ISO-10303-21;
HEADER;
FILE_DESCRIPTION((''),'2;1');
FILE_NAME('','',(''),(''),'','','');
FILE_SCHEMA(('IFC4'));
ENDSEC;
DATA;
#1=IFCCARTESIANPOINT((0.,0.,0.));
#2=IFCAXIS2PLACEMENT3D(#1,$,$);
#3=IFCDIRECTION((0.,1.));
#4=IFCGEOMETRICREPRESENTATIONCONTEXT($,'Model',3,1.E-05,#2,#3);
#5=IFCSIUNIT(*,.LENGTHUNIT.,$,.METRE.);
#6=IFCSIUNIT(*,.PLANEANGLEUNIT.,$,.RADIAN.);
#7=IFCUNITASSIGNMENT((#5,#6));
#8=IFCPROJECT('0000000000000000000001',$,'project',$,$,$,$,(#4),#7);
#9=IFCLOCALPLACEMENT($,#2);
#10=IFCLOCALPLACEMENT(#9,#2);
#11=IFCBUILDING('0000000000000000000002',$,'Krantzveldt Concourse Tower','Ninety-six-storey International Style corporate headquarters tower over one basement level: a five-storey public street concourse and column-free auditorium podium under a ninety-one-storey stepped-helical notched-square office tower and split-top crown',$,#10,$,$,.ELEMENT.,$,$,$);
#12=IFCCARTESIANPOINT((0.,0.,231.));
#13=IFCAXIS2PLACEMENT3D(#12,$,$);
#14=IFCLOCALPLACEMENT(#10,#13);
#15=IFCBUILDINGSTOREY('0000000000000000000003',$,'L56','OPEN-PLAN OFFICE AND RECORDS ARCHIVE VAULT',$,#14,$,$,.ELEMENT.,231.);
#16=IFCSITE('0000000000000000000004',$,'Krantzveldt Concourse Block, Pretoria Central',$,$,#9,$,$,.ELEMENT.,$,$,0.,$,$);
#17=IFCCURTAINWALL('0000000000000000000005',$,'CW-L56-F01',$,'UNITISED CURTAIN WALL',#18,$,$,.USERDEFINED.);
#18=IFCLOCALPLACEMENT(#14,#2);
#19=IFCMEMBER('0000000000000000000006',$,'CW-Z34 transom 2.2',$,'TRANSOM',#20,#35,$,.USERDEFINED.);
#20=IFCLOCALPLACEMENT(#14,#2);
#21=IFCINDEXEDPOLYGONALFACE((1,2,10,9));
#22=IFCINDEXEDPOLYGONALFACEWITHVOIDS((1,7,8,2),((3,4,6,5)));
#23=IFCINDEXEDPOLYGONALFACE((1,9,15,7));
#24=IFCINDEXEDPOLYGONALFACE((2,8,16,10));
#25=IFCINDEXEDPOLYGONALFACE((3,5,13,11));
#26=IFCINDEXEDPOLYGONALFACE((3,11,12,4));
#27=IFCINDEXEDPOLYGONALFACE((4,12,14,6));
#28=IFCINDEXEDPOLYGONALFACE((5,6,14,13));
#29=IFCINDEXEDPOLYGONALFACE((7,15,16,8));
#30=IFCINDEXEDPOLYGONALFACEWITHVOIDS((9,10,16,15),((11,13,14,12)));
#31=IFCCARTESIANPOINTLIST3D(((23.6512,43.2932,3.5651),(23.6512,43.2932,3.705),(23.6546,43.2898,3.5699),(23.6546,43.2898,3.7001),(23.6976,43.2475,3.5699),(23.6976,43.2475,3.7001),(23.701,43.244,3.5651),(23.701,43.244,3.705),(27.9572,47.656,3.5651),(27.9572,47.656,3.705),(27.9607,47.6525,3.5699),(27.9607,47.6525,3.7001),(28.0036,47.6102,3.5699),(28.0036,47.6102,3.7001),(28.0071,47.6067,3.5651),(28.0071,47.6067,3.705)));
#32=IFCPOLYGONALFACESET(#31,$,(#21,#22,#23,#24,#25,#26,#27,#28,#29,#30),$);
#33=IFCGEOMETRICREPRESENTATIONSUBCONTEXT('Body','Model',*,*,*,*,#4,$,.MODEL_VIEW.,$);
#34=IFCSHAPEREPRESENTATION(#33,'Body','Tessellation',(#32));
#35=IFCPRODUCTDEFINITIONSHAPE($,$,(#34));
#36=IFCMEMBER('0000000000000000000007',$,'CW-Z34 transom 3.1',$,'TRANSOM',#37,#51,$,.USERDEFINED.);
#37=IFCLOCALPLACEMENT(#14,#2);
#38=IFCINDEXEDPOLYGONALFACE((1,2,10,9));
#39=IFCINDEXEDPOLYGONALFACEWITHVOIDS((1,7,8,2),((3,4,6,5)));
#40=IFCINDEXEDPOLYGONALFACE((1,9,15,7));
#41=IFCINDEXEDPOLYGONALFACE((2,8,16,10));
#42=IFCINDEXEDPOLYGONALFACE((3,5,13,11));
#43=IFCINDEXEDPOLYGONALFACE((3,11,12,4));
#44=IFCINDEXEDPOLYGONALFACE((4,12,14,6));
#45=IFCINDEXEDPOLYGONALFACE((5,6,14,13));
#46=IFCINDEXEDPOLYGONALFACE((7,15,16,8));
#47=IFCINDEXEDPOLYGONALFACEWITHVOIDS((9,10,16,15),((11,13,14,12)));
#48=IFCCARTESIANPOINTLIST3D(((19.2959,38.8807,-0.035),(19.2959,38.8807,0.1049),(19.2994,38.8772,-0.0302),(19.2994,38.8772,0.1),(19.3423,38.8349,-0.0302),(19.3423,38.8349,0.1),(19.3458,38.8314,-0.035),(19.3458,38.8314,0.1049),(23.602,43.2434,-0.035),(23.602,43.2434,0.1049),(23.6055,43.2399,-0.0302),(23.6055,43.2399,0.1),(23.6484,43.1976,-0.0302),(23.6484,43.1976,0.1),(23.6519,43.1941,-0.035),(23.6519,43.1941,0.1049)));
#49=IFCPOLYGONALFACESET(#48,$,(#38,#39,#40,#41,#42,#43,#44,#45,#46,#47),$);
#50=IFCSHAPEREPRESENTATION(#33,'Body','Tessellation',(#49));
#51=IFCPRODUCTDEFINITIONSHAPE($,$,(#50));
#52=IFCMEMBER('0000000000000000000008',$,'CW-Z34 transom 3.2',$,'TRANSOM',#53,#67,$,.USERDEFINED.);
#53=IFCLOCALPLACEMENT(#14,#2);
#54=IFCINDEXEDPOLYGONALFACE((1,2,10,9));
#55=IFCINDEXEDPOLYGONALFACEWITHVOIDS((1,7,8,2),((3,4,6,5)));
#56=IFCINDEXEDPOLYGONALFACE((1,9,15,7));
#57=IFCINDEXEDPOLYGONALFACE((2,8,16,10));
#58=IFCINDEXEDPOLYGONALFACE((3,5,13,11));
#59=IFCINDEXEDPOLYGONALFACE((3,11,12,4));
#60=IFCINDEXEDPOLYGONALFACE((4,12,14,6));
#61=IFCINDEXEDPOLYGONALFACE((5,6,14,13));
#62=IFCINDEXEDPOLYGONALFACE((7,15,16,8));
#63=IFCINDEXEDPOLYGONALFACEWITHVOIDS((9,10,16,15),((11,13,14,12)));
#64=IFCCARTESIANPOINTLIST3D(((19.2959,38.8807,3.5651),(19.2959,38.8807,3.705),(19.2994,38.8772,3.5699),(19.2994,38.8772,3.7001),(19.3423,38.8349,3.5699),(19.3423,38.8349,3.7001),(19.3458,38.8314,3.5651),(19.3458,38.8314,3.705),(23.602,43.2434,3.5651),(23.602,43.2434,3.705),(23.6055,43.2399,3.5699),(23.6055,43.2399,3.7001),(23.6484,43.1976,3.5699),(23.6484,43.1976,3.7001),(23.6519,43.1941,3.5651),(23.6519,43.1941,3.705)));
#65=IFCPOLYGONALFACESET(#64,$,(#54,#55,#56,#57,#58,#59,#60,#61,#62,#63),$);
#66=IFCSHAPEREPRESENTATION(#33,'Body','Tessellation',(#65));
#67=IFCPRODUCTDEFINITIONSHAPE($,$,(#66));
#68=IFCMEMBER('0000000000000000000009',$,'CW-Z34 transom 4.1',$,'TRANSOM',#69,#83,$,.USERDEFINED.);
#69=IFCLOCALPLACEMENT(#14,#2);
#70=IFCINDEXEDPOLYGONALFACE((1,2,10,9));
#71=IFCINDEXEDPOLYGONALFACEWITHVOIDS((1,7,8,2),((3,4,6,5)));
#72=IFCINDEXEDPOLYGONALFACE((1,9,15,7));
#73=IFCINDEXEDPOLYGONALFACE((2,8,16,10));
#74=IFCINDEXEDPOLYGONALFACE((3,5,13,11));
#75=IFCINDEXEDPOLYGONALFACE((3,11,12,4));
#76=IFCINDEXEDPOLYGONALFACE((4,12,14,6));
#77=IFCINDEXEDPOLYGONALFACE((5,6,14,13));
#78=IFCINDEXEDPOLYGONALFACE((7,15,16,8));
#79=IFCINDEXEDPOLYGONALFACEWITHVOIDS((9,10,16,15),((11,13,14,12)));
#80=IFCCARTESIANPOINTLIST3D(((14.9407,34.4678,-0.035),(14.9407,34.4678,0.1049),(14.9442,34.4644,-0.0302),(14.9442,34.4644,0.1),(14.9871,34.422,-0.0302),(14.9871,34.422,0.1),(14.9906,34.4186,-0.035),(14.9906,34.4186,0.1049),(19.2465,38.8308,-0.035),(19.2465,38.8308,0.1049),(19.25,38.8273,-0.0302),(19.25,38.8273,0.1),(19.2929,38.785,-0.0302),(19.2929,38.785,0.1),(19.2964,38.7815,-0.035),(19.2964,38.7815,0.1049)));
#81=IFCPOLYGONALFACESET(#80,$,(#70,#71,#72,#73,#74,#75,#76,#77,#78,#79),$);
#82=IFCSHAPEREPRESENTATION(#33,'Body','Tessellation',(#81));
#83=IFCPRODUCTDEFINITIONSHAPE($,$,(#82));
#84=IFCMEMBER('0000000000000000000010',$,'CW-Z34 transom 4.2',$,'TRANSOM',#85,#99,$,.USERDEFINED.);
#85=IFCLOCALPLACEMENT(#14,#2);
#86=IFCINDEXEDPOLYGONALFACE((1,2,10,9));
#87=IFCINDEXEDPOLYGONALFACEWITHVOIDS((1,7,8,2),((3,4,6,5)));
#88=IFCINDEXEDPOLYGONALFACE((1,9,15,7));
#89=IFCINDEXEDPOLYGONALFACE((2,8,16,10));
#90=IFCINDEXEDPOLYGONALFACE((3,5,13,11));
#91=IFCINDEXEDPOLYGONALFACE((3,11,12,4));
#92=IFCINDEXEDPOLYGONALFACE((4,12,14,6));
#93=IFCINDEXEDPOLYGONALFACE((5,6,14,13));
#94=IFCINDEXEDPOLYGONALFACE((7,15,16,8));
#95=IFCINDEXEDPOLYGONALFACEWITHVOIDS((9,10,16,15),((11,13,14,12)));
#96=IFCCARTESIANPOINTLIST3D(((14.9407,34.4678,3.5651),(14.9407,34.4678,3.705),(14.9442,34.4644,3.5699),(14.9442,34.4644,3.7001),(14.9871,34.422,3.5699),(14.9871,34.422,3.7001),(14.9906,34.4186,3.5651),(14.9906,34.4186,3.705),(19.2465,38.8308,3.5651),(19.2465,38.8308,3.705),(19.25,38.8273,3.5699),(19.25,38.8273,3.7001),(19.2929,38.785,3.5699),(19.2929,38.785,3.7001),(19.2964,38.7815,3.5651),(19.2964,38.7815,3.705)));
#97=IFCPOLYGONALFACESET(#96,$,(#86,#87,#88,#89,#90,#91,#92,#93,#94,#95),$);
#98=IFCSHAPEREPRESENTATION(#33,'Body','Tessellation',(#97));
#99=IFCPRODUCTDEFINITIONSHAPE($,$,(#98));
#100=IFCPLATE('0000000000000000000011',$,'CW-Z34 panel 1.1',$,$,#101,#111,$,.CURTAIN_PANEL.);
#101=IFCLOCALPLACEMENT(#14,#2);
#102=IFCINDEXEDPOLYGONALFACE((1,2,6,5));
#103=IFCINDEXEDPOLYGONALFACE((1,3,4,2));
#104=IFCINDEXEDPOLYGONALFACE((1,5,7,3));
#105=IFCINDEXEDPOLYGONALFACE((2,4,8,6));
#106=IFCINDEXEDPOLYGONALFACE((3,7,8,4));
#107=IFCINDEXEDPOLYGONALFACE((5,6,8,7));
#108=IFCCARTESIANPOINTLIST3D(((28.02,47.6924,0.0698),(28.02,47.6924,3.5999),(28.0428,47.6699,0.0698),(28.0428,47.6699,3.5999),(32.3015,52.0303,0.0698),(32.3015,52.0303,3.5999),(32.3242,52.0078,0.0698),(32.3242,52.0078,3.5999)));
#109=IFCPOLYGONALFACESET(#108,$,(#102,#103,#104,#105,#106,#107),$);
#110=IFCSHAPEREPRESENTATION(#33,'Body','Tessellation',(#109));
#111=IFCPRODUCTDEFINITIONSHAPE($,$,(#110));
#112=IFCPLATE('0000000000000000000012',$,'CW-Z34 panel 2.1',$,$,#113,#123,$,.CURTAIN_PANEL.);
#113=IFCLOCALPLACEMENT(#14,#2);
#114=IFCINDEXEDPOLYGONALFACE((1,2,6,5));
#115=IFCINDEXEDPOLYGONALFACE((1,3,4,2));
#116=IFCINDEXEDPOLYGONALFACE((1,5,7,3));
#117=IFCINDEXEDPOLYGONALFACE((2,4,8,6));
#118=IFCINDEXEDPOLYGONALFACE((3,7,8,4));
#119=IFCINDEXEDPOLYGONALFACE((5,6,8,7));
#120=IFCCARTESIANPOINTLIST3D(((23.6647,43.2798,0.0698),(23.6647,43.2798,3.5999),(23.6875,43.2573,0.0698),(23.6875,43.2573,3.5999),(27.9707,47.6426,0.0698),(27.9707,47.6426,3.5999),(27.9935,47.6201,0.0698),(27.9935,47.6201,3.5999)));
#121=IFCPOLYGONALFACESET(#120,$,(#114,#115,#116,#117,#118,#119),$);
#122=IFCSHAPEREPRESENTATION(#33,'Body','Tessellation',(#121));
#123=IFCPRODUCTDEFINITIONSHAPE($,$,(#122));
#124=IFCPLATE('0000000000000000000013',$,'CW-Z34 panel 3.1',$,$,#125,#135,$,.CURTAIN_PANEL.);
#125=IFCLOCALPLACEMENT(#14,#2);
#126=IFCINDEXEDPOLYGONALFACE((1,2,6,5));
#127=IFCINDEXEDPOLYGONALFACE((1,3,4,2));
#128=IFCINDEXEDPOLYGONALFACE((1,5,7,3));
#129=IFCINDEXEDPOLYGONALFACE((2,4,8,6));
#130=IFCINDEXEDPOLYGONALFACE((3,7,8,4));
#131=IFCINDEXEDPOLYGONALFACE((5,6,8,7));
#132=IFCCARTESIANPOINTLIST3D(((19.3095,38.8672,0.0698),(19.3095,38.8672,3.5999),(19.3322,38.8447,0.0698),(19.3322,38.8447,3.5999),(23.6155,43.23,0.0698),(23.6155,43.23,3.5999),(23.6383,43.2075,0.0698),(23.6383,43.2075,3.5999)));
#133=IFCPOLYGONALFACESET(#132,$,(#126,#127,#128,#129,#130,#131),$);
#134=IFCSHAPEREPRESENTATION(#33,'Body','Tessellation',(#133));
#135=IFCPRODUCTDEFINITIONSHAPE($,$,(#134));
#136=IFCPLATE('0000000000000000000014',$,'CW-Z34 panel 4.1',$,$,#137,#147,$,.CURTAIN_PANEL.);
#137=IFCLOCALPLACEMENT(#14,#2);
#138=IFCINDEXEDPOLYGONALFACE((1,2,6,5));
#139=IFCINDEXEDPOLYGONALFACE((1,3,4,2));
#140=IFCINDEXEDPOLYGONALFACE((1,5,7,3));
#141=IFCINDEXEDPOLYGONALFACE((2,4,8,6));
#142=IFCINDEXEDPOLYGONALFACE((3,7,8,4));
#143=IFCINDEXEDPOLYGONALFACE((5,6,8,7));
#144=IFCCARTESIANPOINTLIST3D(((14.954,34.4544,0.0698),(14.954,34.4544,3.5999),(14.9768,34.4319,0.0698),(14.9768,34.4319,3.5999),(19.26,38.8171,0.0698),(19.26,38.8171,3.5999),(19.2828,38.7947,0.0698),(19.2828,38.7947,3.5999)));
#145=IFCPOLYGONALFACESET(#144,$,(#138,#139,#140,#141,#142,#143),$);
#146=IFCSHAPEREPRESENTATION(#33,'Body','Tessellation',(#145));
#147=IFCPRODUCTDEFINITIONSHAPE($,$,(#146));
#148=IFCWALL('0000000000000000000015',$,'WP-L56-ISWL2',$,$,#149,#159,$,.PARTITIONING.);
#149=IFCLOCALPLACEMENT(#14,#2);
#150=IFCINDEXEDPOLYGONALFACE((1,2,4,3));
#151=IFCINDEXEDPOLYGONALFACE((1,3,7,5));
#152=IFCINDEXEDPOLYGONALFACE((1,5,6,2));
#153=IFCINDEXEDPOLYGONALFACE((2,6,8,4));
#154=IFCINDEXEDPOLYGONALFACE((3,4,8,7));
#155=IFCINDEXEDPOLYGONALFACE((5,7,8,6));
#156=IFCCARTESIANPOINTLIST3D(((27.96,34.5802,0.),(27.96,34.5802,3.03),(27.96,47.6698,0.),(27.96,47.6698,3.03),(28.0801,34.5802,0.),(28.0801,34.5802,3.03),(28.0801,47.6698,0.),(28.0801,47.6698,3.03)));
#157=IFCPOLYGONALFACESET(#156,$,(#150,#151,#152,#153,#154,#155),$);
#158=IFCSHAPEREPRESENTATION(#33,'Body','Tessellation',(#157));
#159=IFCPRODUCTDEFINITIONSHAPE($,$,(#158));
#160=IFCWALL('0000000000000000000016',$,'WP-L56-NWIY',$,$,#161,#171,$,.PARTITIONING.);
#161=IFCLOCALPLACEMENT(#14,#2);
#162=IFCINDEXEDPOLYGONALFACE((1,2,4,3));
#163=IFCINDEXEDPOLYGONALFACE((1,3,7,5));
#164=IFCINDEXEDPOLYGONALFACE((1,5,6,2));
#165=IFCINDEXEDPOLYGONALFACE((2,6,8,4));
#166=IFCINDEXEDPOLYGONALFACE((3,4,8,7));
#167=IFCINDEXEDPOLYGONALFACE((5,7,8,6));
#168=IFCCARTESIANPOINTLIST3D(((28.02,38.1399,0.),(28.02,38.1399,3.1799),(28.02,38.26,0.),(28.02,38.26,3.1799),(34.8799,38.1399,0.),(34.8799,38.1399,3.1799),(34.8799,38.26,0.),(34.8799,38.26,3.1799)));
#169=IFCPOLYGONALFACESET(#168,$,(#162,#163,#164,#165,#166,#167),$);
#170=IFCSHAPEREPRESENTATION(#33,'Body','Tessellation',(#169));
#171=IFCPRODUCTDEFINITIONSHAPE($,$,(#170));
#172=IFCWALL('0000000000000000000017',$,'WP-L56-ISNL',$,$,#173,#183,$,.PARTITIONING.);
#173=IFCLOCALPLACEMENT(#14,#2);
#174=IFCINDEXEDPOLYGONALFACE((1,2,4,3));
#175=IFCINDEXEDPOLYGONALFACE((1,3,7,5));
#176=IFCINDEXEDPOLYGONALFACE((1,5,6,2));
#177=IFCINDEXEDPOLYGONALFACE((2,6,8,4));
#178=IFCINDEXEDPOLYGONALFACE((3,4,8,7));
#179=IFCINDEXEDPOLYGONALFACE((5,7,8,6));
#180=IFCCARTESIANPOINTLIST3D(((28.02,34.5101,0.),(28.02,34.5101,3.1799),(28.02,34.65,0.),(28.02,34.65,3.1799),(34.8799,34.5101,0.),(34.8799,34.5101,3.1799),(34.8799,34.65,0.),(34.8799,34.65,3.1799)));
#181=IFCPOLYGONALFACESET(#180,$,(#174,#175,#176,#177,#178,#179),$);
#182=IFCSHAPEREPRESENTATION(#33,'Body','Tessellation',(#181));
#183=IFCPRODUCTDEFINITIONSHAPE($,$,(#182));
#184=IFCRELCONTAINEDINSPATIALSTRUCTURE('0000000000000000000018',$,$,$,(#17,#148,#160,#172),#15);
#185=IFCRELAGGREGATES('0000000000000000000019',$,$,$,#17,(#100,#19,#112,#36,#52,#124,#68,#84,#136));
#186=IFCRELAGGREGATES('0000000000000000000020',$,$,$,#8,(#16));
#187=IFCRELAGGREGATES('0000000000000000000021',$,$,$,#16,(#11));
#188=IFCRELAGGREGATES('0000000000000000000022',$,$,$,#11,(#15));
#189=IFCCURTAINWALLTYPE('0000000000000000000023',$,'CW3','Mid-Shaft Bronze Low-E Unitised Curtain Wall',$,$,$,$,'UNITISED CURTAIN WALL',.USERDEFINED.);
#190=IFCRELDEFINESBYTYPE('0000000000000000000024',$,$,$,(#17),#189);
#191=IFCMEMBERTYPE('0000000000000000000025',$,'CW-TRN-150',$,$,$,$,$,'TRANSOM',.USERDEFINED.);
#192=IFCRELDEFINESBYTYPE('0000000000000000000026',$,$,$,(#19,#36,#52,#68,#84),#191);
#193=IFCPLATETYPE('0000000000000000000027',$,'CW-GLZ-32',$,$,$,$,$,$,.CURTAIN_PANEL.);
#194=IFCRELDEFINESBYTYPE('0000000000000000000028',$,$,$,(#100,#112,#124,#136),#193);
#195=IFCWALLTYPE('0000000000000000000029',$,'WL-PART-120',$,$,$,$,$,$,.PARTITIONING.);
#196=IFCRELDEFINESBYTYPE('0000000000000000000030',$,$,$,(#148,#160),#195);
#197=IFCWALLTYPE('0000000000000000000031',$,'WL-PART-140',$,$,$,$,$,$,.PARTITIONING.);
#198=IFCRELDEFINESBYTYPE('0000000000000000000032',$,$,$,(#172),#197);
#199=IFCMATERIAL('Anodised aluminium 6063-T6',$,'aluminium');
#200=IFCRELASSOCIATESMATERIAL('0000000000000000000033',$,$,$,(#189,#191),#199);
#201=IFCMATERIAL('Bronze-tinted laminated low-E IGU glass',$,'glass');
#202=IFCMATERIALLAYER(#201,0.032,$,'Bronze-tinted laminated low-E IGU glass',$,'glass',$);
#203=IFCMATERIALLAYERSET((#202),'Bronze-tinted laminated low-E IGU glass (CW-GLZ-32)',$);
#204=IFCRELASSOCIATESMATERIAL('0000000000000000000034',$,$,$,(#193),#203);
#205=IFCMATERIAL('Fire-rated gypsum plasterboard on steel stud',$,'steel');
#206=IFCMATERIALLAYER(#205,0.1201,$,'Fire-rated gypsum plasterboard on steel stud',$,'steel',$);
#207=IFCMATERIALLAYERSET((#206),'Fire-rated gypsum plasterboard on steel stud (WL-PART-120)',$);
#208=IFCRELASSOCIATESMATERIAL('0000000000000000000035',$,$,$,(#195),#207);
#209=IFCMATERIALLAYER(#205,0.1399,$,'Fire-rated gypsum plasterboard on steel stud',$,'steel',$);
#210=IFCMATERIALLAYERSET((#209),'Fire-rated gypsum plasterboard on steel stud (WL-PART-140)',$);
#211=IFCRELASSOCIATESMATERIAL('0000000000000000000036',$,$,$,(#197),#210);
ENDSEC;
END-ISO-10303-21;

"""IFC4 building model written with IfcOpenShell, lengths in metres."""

from ifc_helpers import new_model, si_unit, direction, frame, frame_2d, origin, origin_2d, place, context, subcontext, project, spatial, rectangle, hollow_rectangle, extrude, source, transform, mapped, material, layer, layer_set, material_profile, profile_set, type_object, type_shapes, element, aggregate, save


model = new_model("IFC4")

# Units and contexts
model_context = context("Model", 3, precision=1e-05, world=origin(), true_north=direction((0.0, 1.0)))
body_context = subcontext(model_context, "Body", "Model", "MODEL_VIEW")
ifc_project = project(units=[si_unit("LENGTHUNIT", "METRE"), si_unit("PLANEANGLEUNIT", "RADIAN")], contexts=[model_context])

# Site, building, storey
site_placement = place(None, origin())
site = spatial("IfcSite", under=ifc_project, at=site_placement, Name="Krantzveldt Concourse Block, Pretoria Central", CompositionType="ELEMENT", RefElevation=0.0)
building_placement = place(site_placement, origin())
building = spatial("IfcBuilding", under=site, at=building_placement, Name="Krantzveldt Concourse Tower", Description="Ninety-six-storey International Style corporate headquarters tower over one basement level: a five-storey public street concourse and column-free auditorium podium under a ninety-one-storey stepped-helical notched-square office tower and split-top crown", CompositionType="ELEMENT")
storey_placement = place(building_placement, frame((0.0, 0.0, 231.0)))
storey = spatial("IfcBuildingStorey", under=building, at=storey_placement, Name="L56", Description="OPEN-PLAN OFFICE AND RECORDS ARCHIVE VAULT", CompositionType="ELEMENT", Elevation=231.0)

# Curtain wall, members, plates
ifc_material_1 = material(Name="Anodised aluminium 6063-T6", Category="aluminium")
curtain_wall_type = type_object("IfcCurtainWallType", Name="CW3", Description="Mid-Shaft Bronze Low-E Unitised Curtain Wall", ElementType="UNITISED CURTAIN WALL", PredefinedType="USERDEFINED", material=ifc_material_1)
curtain_wall_placement = place(storey_placement, origin())
curtain_wall = element("IfcCurtainWall", 1, at=curtain_wall_placement, inside=storey, type_object=curtain_wall_type, Name="CW-L56-F01", ObjectType="UNITISED CURTAIN WALL", PredefinedType="USERDEFINED")
ifc_material_profile_1 = material_profile(ifc_material_1, hollow_rectangle(XDim=0.0701, YDim=0.1399, WallThickness=0.0049, at=origin_2d()), Name="Anodised aluminium 6063-T6", Category="aluminium")
ifc_profile_set_1 = profile_set([ifc_material_profile_1], Name="Anodised aluminium 6063-T6 - ALU-TRAN 140x70x5")
member_type_1 = type_object("IfcMemberType", Name="CW-TRN-150", ElementType="TRANSOM", PredefinedType="USERDEFINED", material=ifc_profile_set_1)
shared_shape_1 = source(origin(), body_context, "Body", "SweptSolid", [
    extrude(hollow_rectangle(XDim=0.0701, YDim=0.1399, WallThickness=0.0049, at=origin_2d()), origin(), (0.0, 0.0, 1.0), 6.1299),
])
member_1_placement = place(storey_placement, frame((27.9822, 47.6313, 3.635), z_axis=(-0.702472, -0.711712, 0.0), x_axis=(0.711712, -0.702472, 0.0)))
member_1 = element("IfcMember", 2, at=member_1_placement, type_object=member_type_1, Name="CW-Z34 transom 2.2", ObjectType="TRANSOM", PredefinedType="USERDEFINED", context=body_context, shape_type="MappedRepresentation", body=[
    mapped(shared_shape_1, transform((0.0, 0.0, 0.0), x_axis=(1.0, 0.0, 0.0), y_axis=(0.0, 1.0, 0.0), z_axis=(0.0, 0.0, 1.0), scale=1.0)),
])
member_2_placement = place(storey_placement, frame((23.627, 43.2188, 0.0349), z_axis=(-0.702472, -0.711712, 0.0), x_axis=(0.711712, -0.702472, 0.0)))
member_2 = element("IfcMember", 3, at=member_2_placement, type_object=member_type_1, Name="CW-Z34 transom 3.1", ObjectType="TRANSOM", PredefinedType="USERDEFINED", context=body_context, shape_type="MappedRepresentation", body=[
    mapped(shared_shape_1, transform((0.0, 0.0, 0.0), x_axis=(1.0, 0.0, 0.0), y_axis=(0.0, 1.0, 0.0), z_axis=(0.0, 0.0, 1.0), scale=1.0)),
])
member_3_placement = place(storey_placement, frame((23.627, 43.2188, 3.635), z_axis=(-0.702472, -0.711712, 0.0), x_axis=(0.711712, -0.702472, 0.0)))
member_3 = element("IfcMember", 4, at=member_3_placement, type_object=member_type_1, Name="CW-Z34 transom 3.2", ObjectType="TRANSOM", PredefinedType="USERDEFINED", context=body_context, shape_type="MappedRepresentation", body=[
    mapped(shared_shape_1, transform((0.0, 0.0, 0.0), x_axis=(1.0, 0.0, 0.0), y_axis=(0.0, 1.0, 0.0), z_axis=(0.0, 0.0, 1.0), scale=1.0)),
])
member_4_placement = place(storey_placement, frame((19.2715, 38.8062, 0.0349), z_axis=(-0.702432, -0.711751, 0.0), x_axis=(0.711751, -0.702432, 0.0)))
member_4 = element("IfcMember", 5, at=member_4_placement, type_object=member_type_1, Name="CW-Z34 transom 4.1", ObjectType="TRANSOM", PredefinedType="USERDEFINED", context=body_context, shape_type="MappedRepresentation", body=[
    mapped(shared_shape_1, transform((0.0, 0.0, 0.0), x_axis=(1.0, 0.0, 0.0), y_axis=(0.0, 1.0, 0.0), z_axis=(0.0, 0.0, 1.0), scale=1.0)),
])
member_5_placement = place(storey_placement, frame((19.2715, 38.8062, 3.635), z_axis=(-0.702432, -0.711751, 0.0), x_axis=(0.711751, -0.702432, 0.0)))
member_5 = element("IfcMember", 6, at=member_5_placement, type_object=member_type_1, Name="CW-Z34 transom 4.2", ObjectType="TRANSOM", PredefinedType="USERDEFINED", context=body_context, shape_type="MappedRepresentation", body=[
    mapped(shared_shape_1, transform((0.0, 0.0, 0.0), x_axis=(1.0, 0.0, 0.0), y_axis=(0.0, 1.0, 0.0), z_axis=(0.0, 0.0, 1.0), scale=1.0)),
])
ifc_material_2 = material(Name="Bronze-tinted laminated low-E IGU glass", Category="glass")
ifc_layer_1 = layer(ifc_material_2, 0.032, Name="Bronze-tinted laminated low-E IGU glass", Category="glass")
ifc_layer_set_1 = layer_set([ifc_layer_1], Name="Bronze-tinted laminated low-E IGU glass (CW-GLZ-32)")
plate_type = type_object("IfcPlateType", Name="CW-GLZ-32", PredefinedType="CURTAIN_PANEL", material=ifc_layer_set_1)
shared_shape_2 = source(origin(), body_context, "Body", "SweptSolid", [
    extrude(rectangle(XDim=6.095, YDim=0.032, at=origin_2d()), origin(), (0.0, 0.0, 1.0), 3.53),
])
plate_1_placement = place(storey_placement, frame((30.1721, 49.8501, 0.0698), z_axis=(0.0, 0.0, 1.0), x_axis=(-0.702464, -0.71172, 0.0)))
plate_1 = element("IfcPlate", 7, at=plate_1_placement, type_object=plate_type, Name="CW-Z34 panel 1.1", PredefinedType="CURTAIN_PANEL", context=body_context, shape_type="MappedRepresentation", body=[
    mapped(shared_shape_2, transform((0.0, 0.0, 0.0), x_axis=(1.0, 0.0, 0.0), y_axis=(0.0, 1.0, 0.0), z_axis=(0.0, 0.0, 1.0), scale=1.0)),
])
shared_shape_3 = source(origin(), body_context, "Body", "SweptSolid", [
    extrude(rectangle(XDim=6.1299, YDim=0.032, at=origin_2d()), origin(), (0.0, 0.0, 1.0), 3.53),
])
type_shapes(plate_type, [shared_shape_2, shared_shape_3])
plate_2_placement = place(storey_placement, frame((25.8291, 45.45, 0.0698), z_axis=(0.0, 0.0, 1.0), x_axis=(-0.702464, -0.71172, 0.0)))
plate_2 = element("IfcPlate", 8, at=plate_2_placement, type_object=plate_type, Name="CW-Z34 panel 2.1", PredefinedType="CURTAIN_PANEL", context=body_context, shape_type="MappedRepresentation", body=[
    mapped(shared_shape_3, transform((0.0, 0.0, 0.0), x_axis=(1.0, 0.0, 0.0), y_axis=(0.0, 1.0, 0.0), z_axis=(0.0, 0.0, 1.0), scale=1.0)),
])
plate_3_placement = place(storey_placement, frame((21.4739, 41.0374, 0.0698), z_axis=(0.0, 0.0, 1.0), x_axis=(-0.702464, -0.71172, 0.0)))
plate_3 = element("IfcPlate", 9, at=plate_3_placement, type_object=plate_type, Name="CW-Z34 panel 3.1", PredefinedType="CURTAIN_PANEL", context=body_context, shape_type="MappedRepresentation", body=[
    mapped(shared_shape_3, transform((0.0, 0.0, 0.0), x_axis=(1.0, 0.0, 0.0), y_axis=(0.0, 1.0, 0.0), z_axis=(0.0, 0.0, 1.0), scale=1.0)),
])
plate_4_placement = place(storey_placement, frame((17.1184, 36.6245, 0.0698), z_axis=(0.0, 0.0, 1.0), x_axis=(-0.702464, -0.71172, 0.0)))
plate_4 = element("IfcPlate", 10, at=plate_4_placement, type_object=plate_type, Name="CW-Z34 panel 4.1", PredefinedType="CURTAIN_PANEL", context=body_context, shape_type="MappedRepresentation", body=[
    mapped(shared_shape_3, transform((0.0, 0.0, 0.0), x_axis=(1.0, 0.0, 0.0), y_axis=(0.0, 1.0, 0.0), z_axis=(0.0, 0.0, 1.0), scale=1.0)),
])
aggregate(curtain_wall, [plate_1, member_1, plate_2, member_2, member_3, plate_3, member_4, member_5, plate_4])

# Walls
ifc_material_3 = material(Name="Fire-rated gypsum plasterboard on steel stud", Category="steel")
ifc_layer_2 = layer(ifc_material_3, 0.1201, Name="Fire-rated gypsum plasterboard on steel stud", Category="steel")
ifc_layer_set_2 = layer_set([ifc_layer_2], Name="Fire-rated gypsum plasterboard on steel stud (WL-PART-120)")
wall_type_1 = type_object("IfcWallType", Name="WL-PART-120", PredefinedType="PARTITIONING", material=ifc_layer_set_2)
wall_1_placement = place(storey_placement, frame((28.02, 34.5801, 0.0), z_axis=(0.0, 0.0, 1.0), x_axis=(0.0, 1.0, 0.0)))
element("IfcWall", 11, at=wall_1_placement, inside=storey, type_object=wall_type_1, Name="WP-L56-ISWL2", PredefinedType="PARTITIONING", context=body_context, shape_type="SweptSolid", body=[
    extrude(rectangle(XDim=13.0896, YDim=0.1201, at=frame_2d((6.5449, 0.0))), origin(), (0.0, 0.0, 1.0), 3.03),
])
wall_2_placement = place(storey_placement, frame((28.02, 38.2, 0.0), z_axis=(0.0, 0.0, 1.0), x_axis=(1.0, 0.0, 0.0)))
element("IfcWall", 12, at=wall_2_placement, inside=storey, type_object=wall_type_1, Name="WP-L56-NWIY", PredefinedType="PARTITIONING", context=body_context, shape_type="SweptSolid", body=[
    extrude(rectangle(XDim=6.8599, YDim=0.1201, at=frame_2d((3.4299, 0.0))), origin(), (0.0, 0.0, 1.0), 3.1799),
])
ifc_layer_3 = layer(ifc_material_3, 0.1399, Name="Fire-rated gypsum plasterboard on steel stud", Category="steel")
ifc_layer_set_3 = layer_set([ifc_layer_3], Name="Fire-rated gypsum plasterboard on steel stud (WL-PART-140)")
wall_type_2 = type_object("IfcWallType", Name="WL-PART-140", PredefinedType="PARTITIONING", material=ifc_layer_set_3)
wall_3_placement = place(storey_placement, frame((28.02, 34.5801, 0.0), z_axis=(0.0, 0.0, 1.0), x_axis=(1.0, 0.0, 0.0)))
element("IfcWall", 13, at=wall_3_placement, inside=storey, type_object=wall_type_2, Name="WP-L56-ISNL", PredefinedType="PARTITIONING", context=body_context, shape_type="SweptSolid", body=[
    extrude(rectangle(XDim=6.8599, YDim=0.1399, at=frame_2d((3.4299, 0.0))), origin(), (0.0, 0.0, 1.0), 3.1799),
])

save(model, "model.ifc")
